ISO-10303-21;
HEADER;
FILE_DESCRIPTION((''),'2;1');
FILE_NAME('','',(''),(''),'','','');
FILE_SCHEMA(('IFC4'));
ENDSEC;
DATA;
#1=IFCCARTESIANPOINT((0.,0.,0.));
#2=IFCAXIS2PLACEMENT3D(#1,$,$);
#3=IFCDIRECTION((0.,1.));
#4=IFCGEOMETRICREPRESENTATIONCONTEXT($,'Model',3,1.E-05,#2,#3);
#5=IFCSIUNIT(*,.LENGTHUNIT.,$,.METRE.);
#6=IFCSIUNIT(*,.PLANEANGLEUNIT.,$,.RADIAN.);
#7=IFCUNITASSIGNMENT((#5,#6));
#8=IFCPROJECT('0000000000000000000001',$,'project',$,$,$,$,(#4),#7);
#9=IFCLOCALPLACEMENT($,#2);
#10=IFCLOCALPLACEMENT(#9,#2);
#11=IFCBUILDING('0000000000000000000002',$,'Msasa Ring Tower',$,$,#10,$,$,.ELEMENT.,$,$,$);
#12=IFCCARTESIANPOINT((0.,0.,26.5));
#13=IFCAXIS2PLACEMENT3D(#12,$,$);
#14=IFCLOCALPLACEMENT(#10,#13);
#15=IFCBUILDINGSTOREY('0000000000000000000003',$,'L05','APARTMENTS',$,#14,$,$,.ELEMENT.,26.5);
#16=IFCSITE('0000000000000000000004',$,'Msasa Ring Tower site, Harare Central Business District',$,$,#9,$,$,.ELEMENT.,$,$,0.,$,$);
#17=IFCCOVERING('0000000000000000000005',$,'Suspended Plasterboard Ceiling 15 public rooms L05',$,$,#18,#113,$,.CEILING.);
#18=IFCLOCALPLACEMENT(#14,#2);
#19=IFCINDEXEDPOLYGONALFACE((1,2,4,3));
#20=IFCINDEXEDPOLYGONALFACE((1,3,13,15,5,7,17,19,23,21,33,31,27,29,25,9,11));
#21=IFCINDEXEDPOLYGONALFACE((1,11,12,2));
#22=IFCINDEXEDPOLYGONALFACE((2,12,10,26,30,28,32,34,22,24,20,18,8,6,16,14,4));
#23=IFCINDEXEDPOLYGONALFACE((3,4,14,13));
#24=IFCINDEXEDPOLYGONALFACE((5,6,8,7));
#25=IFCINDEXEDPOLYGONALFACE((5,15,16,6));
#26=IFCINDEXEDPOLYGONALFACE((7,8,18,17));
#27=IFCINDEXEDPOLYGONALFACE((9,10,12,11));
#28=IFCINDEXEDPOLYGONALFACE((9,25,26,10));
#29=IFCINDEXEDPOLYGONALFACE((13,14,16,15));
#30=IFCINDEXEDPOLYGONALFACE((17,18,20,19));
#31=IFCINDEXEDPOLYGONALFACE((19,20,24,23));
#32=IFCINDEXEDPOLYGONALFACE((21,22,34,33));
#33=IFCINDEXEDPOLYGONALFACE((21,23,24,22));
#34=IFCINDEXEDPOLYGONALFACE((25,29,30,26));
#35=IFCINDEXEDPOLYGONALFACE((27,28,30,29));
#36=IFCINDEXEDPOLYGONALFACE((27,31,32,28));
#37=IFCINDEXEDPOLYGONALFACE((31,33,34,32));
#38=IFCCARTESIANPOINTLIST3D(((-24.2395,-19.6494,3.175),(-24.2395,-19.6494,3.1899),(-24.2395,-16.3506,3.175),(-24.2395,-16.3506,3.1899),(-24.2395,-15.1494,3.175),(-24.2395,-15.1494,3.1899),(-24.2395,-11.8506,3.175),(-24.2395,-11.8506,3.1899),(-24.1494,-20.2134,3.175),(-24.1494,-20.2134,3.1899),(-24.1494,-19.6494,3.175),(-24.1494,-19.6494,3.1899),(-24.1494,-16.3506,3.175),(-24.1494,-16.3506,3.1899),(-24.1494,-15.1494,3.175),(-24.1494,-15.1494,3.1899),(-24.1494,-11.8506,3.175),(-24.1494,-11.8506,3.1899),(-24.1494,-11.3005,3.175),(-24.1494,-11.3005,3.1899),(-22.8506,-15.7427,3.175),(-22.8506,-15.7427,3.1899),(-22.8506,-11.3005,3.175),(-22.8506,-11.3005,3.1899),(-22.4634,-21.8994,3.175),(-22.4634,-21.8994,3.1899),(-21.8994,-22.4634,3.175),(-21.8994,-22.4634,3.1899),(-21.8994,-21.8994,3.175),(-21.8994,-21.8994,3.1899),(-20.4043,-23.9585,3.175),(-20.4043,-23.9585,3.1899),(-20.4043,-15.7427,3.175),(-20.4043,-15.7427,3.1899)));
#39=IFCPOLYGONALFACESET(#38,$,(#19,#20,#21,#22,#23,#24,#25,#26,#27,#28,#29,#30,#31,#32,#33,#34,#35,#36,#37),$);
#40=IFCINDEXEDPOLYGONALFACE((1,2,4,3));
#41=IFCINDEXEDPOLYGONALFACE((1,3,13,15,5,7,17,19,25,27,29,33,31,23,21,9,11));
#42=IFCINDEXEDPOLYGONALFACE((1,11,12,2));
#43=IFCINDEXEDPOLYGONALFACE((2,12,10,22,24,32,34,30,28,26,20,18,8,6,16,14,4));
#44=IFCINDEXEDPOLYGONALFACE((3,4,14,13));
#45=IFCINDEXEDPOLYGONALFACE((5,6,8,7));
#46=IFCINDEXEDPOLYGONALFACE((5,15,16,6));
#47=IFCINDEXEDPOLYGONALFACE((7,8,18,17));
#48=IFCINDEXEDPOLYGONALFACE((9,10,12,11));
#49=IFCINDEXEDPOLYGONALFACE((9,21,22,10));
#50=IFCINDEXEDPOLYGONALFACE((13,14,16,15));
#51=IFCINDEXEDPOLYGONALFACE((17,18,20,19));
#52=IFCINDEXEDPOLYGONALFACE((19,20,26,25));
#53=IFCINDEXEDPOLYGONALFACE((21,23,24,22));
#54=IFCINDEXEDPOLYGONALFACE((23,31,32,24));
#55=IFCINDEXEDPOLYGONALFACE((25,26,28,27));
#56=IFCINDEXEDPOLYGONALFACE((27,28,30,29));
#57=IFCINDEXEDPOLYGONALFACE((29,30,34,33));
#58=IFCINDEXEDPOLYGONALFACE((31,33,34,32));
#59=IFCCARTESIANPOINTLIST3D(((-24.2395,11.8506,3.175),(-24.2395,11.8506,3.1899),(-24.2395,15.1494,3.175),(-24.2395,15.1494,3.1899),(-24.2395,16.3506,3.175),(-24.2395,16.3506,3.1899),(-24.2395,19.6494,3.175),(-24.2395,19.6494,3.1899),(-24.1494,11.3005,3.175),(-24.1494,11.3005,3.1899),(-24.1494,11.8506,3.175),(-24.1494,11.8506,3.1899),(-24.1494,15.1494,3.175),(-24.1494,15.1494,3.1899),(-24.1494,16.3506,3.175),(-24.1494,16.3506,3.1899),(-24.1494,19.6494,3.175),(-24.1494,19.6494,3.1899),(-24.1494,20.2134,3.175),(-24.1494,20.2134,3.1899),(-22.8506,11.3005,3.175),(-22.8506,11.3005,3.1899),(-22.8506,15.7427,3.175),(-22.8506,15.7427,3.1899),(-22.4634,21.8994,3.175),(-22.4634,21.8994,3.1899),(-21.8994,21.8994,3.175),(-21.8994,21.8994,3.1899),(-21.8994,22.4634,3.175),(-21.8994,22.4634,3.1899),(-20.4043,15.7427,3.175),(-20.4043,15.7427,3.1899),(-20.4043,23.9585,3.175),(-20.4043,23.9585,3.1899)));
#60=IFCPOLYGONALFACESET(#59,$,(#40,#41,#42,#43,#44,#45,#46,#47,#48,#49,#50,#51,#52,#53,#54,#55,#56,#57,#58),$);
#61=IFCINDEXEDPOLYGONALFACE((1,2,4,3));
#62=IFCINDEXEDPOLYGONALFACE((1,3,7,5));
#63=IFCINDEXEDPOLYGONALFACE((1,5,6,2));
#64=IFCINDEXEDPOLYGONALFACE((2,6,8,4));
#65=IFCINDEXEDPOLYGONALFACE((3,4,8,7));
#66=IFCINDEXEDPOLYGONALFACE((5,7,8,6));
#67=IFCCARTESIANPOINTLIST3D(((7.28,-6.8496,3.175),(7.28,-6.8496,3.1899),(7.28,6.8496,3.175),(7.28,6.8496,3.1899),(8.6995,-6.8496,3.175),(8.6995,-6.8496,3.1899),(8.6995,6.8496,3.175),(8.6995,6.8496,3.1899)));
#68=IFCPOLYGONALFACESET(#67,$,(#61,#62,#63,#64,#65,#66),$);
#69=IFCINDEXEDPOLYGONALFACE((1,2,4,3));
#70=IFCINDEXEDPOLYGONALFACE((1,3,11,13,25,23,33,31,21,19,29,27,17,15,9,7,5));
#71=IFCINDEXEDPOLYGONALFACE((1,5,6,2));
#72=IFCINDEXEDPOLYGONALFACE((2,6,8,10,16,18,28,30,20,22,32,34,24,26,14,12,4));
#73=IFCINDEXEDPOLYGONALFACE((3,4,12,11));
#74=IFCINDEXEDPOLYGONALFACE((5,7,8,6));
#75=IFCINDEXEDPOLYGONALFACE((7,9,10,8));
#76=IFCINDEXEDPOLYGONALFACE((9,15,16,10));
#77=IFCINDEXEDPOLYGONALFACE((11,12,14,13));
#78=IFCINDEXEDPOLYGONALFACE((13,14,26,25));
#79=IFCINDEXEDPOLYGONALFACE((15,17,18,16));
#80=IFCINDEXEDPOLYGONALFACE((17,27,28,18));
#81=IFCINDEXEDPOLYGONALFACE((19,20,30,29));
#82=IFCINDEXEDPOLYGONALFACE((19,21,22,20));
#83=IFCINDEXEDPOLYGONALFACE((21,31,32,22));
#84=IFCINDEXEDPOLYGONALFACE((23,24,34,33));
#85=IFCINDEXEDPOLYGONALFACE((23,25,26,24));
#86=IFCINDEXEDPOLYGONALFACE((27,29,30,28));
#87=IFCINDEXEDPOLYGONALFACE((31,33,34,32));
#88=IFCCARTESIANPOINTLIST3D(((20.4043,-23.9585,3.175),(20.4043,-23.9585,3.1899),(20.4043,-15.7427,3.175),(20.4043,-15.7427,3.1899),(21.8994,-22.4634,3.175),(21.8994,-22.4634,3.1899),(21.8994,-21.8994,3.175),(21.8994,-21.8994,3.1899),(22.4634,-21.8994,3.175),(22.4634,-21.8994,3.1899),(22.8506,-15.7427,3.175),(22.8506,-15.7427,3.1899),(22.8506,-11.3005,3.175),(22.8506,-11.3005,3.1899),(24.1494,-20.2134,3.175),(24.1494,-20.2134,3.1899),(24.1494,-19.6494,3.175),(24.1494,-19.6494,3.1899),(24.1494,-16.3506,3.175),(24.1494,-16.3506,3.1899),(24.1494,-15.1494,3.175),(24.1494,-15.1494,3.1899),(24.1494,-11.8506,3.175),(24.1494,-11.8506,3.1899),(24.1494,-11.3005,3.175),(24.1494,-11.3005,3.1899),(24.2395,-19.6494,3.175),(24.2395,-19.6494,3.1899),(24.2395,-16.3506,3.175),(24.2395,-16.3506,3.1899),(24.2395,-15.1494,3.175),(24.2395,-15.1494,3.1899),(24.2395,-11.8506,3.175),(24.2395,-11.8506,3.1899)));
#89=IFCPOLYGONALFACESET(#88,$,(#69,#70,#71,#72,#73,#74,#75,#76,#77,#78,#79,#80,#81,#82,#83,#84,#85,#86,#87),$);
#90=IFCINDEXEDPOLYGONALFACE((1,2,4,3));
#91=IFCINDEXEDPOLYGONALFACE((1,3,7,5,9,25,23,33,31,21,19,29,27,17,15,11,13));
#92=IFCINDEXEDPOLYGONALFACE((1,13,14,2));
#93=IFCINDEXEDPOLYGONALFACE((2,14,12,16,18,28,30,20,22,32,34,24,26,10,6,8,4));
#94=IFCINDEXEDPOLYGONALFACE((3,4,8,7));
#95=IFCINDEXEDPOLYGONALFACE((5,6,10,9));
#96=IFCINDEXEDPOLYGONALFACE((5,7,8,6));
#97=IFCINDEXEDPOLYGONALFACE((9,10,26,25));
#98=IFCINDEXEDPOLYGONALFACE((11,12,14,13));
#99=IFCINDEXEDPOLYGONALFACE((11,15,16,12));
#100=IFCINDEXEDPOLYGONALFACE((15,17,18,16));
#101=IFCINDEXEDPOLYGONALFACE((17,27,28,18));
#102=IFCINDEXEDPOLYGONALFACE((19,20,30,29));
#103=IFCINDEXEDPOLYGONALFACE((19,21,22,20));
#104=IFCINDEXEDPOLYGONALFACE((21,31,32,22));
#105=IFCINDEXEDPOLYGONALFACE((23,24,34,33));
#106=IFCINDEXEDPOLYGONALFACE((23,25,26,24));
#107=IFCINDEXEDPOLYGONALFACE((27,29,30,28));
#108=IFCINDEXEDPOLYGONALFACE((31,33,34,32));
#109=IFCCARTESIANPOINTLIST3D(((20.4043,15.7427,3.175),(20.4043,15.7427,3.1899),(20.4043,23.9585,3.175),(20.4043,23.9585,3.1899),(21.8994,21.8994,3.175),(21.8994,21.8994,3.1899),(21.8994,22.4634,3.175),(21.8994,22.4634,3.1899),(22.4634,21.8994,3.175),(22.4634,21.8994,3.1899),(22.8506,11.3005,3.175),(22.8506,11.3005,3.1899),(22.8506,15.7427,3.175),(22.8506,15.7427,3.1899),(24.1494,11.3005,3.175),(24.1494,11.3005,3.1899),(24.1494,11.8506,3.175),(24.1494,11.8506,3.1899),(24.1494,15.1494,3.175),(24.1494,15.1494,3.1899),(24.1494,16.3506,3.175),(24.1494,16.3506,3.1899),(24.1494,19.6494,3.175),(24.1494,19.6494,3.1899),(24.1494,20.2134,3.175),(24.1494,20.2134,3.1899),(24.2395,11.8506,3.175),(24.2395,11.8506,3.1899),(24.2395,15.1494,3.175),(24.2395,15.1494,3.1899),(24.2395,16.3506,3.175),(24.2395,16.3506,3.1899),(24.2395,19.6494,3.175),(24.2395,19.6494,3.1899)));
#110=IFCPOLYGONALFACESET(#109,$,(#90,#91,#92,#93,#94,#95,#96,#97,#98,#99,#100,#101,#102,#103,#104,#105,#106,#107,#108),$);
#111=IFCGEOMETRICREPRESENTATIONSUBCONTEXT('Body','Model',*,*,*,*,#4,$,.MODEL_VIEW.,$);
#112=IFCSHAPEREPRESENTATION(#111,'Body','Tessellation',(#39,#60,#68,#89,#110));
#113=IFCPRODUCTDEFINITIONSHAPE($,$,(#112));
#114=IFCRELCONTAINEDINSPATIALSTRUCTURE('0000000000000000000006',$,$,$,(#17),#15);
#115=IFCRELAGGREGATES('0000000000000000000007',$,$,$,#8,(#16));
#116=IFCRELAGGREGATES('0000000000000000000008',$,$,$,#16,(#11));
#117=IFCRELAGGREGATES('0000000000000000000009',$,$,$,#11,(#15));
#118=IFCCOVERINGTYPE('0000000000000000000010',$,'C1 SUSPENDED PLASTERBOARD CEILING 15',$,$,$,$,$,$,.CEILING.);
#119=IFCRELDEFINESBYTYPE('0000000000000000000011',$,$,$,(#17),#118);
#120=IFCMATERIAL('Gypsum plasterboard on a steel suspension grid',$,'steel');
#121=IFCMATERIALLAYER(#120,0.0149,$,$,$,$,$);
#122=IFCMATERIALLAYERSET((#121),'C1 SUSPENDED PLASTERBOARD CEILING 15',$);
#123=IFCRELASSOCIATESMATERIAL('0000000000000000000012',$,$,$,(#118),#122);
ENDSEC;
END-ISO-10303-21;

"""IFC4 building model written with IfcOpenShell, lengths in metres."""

from ifc_helpers import new_model, si_unit, direction, frame, origin, place, context, subcontext, project, spatial, line, indexed_curve, outline, extrude, material, layer, layer_set, type_object, element, save


model = new_model("IFC4")

# Units and contexts
model_context = context("Model", 3, precision=1e-05, world=origin(), true_north=direction((0.0, 1.0)))
body_context = subcontext(model_context, "Body", "Model", "MODEL_VIEW")
ifc_project = project(units=[si_unit("LENGTHUNIT", "METRE"), si_unit("PLANEANGLEUNIT", "RADIAN")], contexts=[model_context])

# Site, building, storey
site_placement = place(None, origin())
site = spatial("IfcSite", under=ifc_project, at=site_placement, Name="Msasa Ring Tower site, Harare Central Business District", CompositionType="ELEMENT", RefElevation=0.0)
building_placement = place(site_placement, origin())
building = spatial("IfcBuilding", under=site, at=building_placement, Name="Msasa Ring Tower", CompositionType="ELEMENT")
storey_placement = place(building_placement, frame((0.0, 0.0, 26.5)))
storey = spatial("IfcBuildingStorey", under=building, at=storey_placement, Name="L05", Description="APARTMENTS", CompositionType="ELEMENT", Elevation=26.5)

# Covering
ifc_material_1 = material(Name="Gypsum plasterboard on a steel suspension grid", Category="steel")
ifc_layer_1 = layer(ifc_material_1, 0.0149)
ifc_layer_set_1 = layer_set([ifc_layer_1], Name="C1 SUSPENDED PLASTERBOARD CEILING 15")
covering_type_1 = type_object("IfcCoveringType", Name="C1 SUSPENDED PLASTERBOARD CEILING 15", PredefinedType="CEILING", material=ifc_layer_set_1)
covering_1_placement = place(storey_placement, frame((0.0, 0.0, 3.175)))
element("IfcCovering", 1, at=covering_1_placement, inside=storey, type_object=covering_type_1, Name="Suspended Plasterboard Ceiling 15 public rooms L05", PredefinedType="CEILING", context=body_context, shape_type="SweptSolid", body=[
    extrude(outline(indexed_curve([(-20.4043, -15.7427), (-20.4043, -23.9585), (-21.8994, -22.4634), (-21.8994, -21.8994), (-22.4634, -21.8994), (-24.1494, -20.2134), (-24.1494, -19.6494), (-24.2395, -19.6494), (-24.2395, -16.3506), (-24.1494, -16.3506), (-24.1494, -15.1494), (-24.2395, -15.1494), (-24.2395, -11.8506), (-24.1494, -11.8506), (-24.1494, -11.3005), (-22.8506, -11.3005), (-22.8506, -15.7427)], segments=[line(1, 2, 3, 4, 5, 6, 7, 8, 9, 10, 11, 12, 13, 14, 15, 16, 17, 1)], self_intersect=False)), origin(), (0.0, 0.0, 1.0), 0.0149),
    extrude(outline(indexed_curve([(-22.8506, 11.3005), (-24.1494, 11.3005), (-24.1494, 11.8506), (-24.2395, 11.8506), (-24.2395, 15.1494), (-24.1494, 15.1494), (-24.1494, 16.3506), (-24.2395, 16.3506), (-24.2395, 19.6494), (-24.1494, 19.6494), (-24.1494, 20.2134), (-22.4634, 21.8994), (-21.8994, 21.8994), (-21.8994, 22.4634), (-20.4043, 23.9585), (-20.4043, 15.7427), (-22.8506, 15.7427)], segments=[line(1, 2, 3, 4, 5, 6, 7, 8, 9, 10, 11, 12, 13, 14, 15, 16, 17, 1)], self_intersect=False)), origin(), (0.0, 0.0, 1.0), 0.0149),
    extrude(outline(indexed_curve([(8.6995, -6.8496), (7.28, -6.8496), (7.28, 6.8496), (8.6995, 6.8496)], segments=[line(1, 2, 3, 4, 1)], self_intersect=False)), origin(), (0.0, 0.0, 1.0), 0.0149),
    extrude(outline(indexed_curve([(22.8506, -15.7427), (22.8506, -11.3005), (24.1494, -11.3005), (24.1494, -11.8506), (24.2395, -11.8506), (24.2395, -15.1494), (24.1494, -15.1494), (24.1494, -16.3506), (24.2395, -16.3506), (24.2395, -19.6494), (24.1494, -19.6494), (24.1494, -20.2134), (22.4634, -21.8994), (21.8994, -21.8994), (21.8994, -22.4634), (20.4043, -23.9585), (20.4043, -15.7427)], segments=[line(1, 2, 3, 4, 5, 6, 7, 8, 9, 10, 11, 12, 13, 14, 15, 16, 17, 1)], self_intersect=False)), origin(), (0.0, 0.0, 1.0), 0.0149),
    extrude(outline(indexed_curve([(21.8994, 22.4634), (21.8994, 21.8994), (22.4634, 21.8994), (24.1494, 20.2134), (24.1494, 19.6494), (24.2395, 19.6494), (24.2395, 16.3506), (24.1494, 16.3506), (24.1494, 15.1494), (24.2395, 15.1494), (24.2395, 11.8506), (24.1494, 11.8506), (24.1494, 11.3005), (22.8506, 11.3005), (22.8506, 15.7427), (20.4043, 15.7427), (20.4043, 23.9585)], segments=[line(1, 2, 3, 4, 5, 6, 7, 8, 9, 10, 11, 12, 13, 14, 15, 16, 17, 1)], self_intersect=False)), origin(), (0.0, 0.0, 1.0), 0.0149),
])

save(model, "model.ifc")
